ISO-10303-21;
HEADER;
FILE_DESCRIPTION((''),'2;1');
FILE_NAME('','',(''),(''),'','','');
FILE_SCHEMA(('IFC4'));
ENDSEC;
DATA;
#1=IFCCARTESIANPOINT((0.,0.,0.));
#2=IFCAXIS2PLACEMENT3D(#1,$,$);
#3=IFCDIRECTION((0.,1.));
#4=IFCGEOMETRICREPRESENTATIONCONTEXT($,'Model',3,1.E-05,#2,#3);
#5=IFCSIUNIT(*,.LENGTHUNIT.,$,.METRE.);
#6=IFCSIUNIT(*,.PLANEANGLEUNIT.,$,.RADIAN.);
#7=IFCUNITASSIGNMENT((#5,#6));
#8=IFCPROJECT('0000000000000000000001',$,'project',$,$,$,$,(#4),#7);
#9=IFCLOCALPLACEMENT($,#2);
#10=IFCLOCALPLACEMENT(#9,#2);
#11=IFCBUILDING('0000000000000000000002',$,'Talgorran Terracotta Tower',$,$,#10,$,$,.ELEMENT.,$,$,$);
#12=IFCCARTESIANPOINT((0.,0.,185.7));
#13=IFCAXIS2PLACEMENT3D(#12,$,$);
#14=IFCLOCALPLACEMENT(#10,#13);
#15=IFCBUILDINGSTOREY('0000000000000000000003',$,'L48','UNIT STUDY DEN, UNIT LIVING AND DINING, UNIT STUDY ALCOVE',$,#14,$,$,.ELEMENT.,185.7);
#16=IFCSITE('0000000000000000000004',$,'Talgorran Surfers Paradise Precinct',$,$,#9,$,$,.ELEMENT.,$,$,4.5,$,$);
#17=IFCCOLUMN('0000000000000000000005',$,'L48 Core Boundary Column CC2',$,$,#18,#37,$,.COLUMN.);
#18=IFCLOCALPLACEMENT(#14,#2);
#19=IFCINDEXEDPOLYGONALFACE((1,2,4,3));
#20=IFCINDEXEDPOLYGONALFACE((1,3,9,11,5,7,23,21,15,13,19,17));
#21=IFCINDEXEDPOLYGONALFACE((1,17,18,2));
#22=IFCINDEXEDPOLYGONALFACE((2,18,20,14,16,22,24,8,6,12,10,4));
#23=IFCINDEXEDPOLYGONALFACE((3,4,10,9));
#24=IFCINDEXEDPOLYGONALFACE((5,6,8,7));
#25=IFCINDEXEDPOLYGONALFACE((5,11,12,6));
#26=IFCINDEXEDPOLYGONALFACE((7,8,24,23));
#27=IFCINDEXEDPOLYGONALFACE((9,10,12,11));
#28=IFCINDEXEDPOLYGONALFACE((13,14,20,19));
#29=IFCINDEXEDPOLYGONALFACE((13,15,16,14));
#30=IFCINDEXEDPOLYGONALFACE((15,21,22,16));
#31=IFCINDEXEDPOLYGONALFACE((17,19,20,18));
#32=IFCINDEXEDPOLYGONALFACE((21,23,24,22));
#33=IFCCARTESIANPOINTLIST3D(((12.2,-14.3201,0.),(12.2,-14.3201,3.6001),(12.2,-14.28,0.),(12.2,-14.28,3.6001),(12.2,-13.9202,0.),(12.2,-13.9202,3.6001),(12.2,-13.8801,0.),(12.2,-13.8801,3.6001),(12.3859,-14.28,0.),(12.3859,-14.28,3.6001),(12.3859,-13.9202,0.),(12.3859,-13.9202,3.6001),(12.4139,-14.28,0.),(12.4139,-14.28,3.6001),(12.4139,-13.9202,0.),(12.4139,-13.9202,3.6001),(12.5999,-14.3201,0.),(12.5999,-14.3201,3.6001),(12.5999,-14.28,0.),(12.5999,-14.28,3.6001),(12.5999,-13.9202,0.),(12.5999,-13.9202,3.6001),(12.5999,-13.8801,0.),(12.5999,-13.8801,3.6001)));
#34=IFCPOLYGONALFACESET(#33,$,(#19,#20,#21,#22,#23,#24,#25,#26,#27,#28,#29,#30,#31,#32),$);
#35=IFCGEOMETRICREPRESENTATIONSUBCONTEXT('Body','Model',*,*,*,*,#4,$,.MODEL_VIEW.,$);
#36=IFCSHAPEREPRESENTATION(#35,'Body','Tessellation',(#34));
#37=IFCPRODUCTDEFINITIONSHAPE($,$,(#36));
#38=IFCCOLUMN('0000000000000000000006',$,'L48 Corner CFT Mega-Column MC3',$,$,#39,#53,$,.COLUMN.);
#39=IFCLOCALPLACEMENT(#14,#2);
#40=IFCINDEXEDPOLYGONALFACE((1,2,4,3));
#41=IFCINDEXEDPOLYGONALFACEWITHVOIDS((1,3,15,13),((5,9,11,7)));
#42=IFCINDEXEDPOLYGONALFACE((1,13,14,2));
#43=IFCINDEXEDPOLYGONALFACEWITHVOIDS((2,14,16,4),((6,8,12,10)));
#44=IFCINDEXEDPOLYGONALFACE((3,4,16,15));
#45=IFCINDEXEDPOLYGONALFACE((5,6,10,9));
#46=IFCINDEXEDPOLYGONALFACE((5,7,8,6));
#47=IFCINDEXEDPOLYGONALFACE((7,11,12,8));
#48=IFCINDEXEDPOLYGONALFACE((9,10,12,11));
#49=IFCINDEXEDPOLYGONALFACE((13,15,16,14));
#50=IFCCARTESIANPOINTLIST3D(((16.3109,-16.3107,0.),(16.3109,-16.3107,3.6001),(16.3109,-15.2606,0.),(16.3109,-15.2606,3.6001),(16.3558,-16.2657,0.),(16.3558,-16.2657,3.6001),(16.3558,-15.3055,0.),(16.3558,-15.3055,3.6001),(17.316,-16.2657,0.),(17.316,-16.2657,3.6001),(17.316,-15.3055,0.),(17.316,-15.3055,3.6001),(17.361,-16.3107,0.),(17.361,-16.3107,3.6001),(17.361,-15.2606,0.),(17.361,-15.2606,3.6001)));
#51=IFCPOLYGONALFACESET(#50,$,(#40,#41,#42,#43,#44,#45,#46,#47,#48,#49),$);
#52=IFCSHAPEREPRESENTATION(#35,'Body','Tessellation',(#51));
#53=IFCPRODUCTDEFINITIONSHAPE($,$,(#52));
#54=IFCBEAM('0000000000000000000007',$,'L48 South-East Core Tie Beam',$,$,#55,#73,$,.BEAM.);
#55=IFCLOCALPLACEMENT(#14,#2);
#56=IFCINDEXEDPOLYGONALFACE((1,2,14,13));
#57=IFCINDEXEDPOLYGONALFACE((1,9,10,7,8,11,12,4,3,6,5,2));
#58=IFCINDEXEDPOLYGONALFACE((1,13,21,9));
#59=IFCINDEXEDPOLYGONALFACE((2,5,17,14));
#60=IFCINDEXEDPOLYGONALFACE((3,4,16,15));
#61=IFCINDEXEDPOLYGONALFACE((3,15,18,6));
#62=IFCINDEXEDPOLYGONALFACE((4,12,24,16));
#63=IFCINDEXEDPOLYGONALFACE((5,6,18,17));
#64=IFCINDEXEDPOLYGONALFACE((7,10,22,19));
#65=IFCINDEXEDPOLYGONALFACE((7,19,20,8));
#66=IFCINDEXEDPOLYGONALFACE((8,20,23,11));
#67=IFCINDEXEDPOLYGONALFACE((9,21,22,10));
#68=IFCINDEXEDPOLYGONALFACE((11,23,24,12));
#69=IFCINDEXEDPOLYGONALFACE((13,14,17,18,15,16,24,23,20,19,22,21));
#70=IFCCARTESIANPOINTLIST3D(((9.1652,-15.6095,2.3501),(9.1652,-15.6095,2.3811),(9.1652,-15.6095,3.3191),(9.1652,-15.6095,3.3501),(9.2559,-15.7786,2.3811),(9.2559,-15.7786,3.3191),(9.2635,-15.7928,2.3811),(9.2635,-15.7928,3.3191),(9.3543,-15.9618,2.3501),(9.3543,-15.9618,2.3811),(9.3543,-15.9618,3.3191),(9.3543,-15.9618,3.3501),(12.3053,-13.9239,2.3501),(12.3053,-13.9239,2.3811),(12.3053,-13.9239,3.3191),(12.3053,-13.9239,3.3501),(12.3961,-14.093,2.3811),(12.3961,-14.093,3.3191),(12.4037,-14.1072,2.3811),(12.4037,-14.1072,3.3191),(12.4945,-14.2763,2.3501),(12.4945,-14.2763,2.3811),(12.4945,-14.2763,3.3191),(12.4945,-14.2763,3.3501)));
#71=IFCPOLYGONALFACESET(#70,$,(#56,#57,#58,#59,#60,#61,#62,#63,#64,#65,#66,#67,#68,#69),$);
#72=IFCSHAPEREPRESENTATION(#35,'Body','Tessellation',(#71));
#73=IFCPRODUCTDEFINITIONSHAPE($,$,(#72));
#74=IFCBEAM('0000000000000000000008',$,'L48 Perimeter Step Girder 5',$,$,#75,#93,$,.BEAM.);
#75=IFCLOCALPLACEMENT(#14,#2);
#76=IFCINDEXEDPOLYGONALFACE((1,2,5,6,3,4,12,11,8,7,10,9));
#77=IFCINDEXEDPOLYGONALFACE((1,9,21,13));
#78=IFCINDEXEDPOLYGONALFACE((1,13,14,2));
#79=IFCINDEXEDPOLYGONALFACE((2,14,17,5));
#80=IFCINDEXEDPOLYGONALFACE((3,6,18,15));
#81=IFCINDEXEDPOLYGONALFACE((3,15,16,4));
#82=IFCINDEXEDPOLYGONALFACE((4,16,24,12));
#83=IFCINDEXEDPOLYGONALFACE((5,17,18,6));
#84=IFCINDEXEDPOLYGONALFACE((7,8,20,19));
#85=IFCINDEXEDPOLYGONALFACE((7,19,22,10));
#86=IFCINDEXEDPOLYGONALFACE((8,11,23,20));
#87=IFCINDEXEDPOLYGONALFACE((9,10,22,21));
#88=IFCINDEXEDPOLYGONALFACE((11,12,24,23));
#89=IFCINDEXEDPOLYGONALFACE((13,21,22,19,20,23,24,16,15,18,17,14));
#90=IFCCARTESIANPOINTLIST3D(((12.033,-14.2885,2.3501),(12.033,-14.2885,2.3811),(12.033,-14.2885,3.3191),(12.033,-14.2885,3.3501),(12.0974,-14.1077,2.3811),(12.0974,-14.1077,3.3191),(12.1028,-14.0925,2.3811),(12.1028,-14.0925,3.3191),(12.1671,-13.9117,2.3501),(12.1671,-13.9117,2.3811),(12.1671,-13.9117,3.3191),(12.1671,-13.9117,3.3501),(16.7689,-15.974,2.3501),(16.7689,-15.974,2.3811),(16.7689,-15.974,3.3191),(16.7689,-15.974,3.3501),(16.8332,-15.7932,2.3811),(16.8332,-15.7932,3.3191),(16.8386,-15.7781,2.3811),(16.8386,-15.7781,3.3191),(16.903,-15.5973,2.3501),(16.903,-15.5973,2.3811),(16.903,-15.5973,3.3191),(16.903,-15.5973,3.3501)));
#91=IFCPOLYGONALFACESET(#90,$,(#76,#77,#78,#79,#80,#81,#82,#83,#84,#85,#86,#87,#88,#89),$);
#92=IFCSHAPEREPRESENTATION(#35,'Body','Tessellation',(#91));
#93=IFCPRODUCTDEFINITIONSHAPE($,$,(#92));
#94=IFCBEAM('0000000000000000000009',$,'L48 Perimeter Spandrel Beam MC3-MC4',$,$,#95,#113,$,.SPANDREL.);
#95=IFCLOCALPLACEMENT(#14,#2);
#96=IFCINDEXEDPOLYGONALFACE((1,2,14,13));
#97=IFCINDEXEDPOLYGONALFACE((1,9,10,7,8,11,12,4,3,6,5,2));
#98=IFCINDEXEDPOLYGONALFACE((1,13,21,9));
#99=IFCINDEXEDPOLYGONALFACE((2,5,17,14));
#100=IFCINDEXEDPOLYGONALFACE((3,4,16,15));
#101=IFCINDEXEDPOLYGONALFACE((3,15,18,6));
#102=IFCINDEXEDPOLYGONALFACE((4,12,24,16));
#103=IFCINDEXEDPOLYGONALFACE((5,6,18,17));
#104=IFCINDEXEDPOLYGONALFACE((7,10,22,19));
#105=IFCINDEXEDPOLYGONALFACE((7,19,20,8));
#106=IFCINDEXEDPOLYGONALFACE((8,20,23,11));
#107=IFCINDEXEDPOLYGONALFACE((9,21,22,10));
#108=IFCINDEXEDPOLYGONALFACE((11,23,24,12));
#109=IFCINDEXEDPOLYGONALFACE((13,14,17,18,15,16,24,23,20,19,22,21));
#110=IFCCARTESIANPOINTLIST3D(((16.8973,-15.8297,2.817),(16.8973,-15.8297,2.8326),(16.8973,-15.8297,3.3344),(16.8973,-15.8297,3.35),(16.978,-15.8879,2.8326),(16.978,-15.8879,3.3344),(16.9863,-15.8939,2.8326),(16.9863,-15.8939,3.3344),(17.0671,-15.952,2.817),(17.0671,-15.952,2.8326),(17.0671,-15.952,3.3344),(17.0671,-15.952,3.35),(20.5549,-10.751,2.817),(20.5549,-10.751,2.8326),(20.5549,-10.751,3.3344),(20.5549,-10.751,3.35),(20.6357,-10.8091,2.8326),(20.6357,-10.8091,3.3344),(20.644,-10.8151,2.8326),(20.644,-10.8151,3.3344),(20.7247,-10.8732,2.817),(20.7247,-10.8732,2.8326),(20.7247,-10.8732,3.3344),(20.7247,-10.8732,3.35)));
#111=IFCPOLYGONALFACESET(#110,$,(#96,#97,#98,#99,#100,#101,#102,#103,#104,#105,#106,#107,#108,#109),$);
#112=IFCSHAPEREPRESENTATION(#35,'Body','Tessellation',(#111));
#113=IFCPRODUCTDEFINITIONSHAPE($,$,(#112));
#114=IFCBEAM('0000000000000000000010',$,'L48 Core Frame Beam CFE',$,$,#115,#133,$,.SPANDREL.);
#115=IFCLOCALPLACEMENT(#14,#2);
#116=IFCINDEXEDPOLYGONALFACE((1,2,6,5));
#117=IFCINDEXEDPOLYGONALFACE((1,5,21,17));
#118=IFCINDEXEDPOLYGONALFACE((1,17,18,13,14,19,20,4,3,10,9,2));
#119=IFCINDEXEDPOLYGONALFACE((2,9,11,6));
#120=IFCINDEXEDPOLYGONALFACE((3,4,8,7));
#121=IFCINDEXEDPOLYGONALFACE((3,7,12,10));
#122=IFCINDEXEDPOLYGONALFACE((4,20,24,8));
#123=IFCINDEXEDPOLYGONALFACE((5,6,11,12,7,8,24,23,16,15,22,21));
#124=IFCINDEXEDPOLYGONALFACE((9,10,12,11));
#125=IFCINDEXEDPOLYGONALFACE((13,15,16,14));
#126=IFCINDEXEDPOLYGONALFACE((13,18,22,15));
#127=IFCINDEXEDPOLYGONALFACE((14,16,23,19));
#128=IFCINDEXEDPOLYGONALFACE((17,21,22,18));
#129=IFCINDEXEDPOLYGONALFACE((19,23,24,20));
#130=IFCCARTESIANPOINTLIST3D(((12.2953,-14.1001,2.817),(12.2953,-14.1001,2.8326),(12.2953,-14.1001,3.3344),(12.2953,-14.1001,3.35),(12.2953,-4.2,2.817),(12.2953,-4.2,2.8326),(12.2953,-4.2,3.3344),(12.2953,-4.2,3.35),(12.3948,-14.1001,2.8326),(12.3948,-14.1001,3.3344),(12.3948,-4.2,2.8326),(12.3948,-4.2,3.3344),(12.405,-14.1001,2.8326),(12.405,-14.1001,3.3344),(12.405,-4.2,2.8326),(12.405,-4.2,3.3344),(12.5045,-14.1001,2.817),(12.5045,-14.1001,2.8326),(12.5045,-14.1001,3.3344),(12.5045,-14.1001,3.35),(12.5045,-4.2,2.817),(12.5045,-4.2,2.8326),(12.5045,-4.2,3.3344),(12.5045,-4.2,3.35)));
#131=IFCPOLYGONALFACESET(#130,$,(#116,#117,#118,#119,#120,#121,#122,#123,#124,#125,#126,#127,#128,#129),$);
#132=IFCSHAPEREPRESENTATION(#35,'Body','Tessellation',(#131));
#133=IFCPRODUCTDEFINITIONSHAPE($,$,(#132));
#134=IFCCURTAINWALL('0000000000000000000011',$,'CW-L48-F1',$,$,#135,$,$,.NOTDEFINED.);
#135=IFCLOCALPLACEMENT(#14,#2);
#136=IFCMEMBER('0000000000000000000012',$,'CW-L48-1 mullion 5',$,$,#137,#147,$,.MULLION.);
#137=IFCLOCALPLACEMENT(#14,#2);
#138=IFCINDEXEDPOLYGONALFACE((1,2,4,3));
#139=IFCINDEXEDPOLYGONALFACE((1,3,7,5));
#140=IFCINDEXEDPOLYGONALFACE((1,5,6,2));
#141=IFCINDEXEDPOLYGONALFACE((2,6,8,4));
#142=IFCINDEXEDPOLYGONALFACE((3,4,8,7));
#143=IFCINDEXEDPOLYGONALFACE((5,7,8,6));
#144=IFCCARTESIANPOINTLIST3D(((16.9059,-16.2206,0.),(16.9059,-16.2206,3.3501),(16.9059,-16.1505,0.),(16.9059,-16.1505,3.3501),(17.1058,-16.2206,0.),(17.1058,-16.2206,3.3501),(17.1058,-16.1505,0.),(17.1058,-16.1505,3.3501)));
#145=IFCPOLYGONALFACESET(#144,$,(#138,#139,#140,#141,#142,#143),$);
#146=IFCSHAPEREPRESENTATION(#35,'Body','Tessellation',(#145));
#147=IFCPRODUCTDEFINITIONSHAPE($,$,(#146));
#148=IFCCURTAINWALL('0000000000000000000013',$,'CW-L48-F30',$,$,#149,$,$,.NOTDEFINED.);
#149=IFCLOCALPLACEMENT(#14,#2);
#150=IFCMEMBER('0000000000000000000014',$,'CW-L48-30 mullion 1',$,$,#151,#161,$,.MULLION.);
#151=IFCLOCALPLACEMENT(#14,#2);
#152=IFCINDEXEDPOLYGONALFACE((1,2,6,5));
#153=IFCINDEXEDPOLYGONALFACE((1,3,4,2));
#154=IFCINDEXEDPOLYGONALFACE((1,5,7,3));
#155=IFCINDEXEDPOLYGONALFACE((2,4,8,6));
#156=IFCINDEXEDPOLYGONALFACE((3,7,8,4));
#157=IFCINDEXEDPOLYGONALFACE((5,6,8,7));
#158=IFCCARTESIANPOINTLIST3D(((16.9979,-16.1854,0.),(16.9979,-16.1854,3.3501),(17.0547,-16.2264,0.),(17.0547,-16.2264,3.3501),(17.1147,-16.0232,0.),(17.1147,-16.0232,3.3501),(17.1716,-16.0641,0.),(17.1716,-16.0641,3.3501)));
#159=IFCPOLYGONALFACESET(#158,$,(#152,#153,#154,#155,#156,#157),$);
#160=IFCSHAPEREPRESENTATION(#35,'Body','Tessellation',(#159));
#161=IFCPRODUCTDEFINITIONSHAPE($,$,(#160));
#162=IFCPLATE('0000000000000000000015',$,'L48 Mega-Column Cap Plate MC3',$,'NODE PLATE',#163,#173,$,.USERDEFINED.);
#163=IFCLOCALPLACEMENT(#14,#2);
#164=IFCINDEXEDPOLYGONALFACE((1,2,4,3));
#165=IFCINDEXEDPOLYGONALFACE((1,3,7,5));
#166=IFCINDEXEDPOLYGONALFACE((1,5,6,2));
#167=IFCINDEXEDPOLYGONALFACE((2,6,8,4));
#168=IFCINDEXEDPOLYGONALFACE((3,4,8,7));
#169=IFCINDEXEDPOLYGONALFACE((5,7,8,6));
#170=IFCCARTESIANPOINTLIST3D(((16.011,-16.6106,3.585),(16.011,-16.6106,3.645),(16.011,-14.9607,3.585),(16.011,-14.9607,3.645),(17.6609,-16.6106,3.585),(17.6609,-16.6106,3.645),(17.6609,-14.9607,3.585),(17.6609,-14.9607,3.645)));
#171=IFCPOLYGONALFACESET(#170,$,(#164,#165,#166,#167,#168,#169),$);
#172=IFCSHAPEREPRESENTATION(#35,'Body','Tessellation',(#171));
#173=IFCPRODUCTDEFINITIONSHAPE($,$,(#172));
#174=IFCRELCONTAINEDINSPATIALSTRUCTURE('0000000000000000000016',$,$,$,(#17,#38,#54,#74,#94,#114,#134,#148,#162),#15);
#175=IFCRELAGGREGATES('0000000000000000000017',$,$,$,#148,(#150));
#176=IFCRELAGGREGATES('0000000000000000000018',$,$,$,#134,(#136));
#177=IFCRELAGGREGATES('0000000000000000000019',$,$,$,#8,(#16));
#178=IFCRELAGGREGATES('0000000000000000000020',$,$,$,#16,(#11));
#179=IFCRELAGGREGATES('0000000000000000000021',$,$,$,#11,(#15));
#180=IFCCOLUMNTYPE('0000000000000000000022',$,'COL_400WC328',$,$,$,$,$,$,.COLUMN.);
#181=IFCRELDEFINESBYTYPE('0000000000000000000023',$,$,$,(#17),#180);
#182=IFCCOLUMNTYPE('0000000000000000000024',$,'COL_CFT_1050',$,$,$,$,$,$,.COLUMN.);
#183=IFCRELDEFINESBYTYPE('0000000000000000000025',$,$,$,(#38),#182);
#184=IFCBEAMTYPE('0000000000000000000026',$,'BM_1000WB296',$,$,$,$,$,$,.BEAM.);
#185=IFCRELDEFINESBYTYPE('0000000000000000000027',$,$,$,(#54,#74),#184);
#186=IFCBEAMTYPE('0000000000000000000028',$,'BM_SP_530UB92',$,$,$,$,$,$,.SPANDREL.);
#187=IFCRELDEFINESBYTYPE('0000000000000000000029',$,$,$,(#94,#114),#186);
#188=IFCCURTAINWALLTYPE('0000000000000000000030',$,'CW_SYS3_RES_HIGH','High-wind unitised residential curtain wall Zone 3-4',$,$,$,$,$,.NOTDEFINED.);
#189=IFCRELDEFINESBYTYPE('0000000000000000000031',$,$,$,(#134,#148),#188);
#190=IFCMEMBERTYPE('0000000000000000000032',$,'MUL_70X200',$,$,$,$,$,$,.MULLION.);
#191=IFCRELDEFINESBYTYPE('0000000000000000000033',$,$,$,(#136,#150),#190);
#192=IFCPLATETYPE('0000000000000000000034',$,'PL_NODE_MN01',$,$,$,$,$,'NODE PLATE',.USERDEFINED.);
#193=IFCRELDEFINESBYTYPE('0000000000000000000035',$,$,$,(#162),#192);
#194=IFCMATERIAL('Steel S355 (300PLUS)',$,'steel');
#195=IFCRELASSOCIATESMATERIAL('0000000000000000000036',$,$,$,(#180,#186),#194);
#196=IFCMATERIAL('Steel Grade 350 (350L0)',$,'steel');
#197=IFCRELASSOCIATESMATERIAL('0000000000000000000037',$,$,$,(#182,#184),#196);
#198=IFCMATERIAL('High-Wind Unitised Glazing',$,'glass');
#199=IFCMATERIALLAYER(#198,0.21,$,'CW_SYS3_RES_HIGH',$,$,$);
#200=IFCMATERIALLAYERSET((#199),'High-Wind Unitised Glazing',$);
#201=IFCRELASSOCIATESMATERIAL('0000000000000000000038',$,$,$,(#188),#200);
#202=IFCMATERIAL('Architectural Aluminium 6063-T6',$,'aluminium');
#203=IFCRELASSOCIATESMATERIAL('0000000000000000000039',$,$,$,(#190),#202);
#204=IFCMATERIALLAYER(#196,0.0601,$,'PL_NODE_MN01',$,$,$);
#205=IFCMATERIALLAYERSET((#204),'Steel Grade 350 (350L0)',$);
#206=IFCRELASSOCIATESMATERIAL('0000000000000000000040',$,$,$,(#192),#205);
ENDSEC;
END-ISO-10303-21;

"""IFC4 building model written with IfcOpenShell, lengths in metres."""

from ifc_helpers import new_model, si_unit, direction, frame, origin, origin_2d, place, context, subcontext, project, spatial, rectangle, hollow_rectangle, i_section, extrude, material, layer, layer_set, material_profile, profile_set, type_object, element, aggregate, save


model = new_model("IFC4")

# Units and contexts
model_context = context("Model", 3, precision=1e-05, world=origin(), true_north=direction((0.0, 1.0)))
body_context = subcontext(model_context, "Body", "Model", "MODEL_VIEW")
ifc_project = project(units=[si_unit("LENGTHUNIT", "METRE"), si_unit("PLANEANGLEUNIT", "RADIAN")], contexts=[model_context])

# Site, building, storey
site_placement = place(None, origin())
site = spatial("IfcSite", under=ifc_project, at=site_placement, Name="Talgorran Surfers Paradise Precinct", CompositionType="ELEMENT", RefElevation=4.5)
building_placement = place(site_placement, origin())
building = spatial("IfcBuilding", under=site, at=building_placement, Name="Talgorran Terracotta Tower", CompositionType="ELEMENT")
storey_placement = place(building_placement, frame((0.0, 0.0, 185.7)))
storey = spatial("IfcBuildingStorey", under=building, at=storey_placement, Name="L48", Description="UNIT STUDY DEN, UNIT LIVING AND DINING, UNIT STUDY ALCOVE", CompositionType="ELEMENT", Elevation=185.7)

# Columns
ifc_material_1 = material(Name="Steel S355 (300PLUS)", Category="steel")
ifc_material_profile_1 = material_profile(ifc_material_1, i_section(OverallWidth=0.3999, OverallDepth=0.4399, WebThickness=0.0281, FlangeThickness=0.04, at=origin_2d()), Name="400WC328")
ifc_profile_set_1 = profile_set([ifc_material_profile_1], Name="Steel S355 (300PLUS)")
column_type_1 = type_object("IfcColumnType", Name="COL_400WC328", PredefinedType="COLUMN", material=ifc_profile_set_1)
column_1_placement = place(storey_placement, frame((12.3999, -14.1001, 0.0), z_axis=(0.0, 0.0, 1.0), x_axis=(1.0, 0.0, 0.0)))
element("IfcColumn", 1, at=column_1_placement, inside=storey, type_object=column_type_1, Name="L48 Core Boundary Column CC2", PredefinedType="COLUMN", context=body_context, shape_type="SweptSolid", body=[
    extrude(i_section(OverallWidth=0.3999, OverallDepth=0.4399, WebThickness=0.0281, FlangeThickness=0.04, at=origin_2d()), origin(), (0.0, 0.0, 1.0), 3.6001),
])
ifc_material_2 = material(Name="Steel Grade 350 (350L0)", Category="steel")
ifc_material_profile_2 = material_profile(ifc_material_2, hollow_rectangle(XDim=1.05, YDim=1.05, WallThickness=0.0449, at=origin_2d()), Name="CFT1050X1050X45")
ifc_profile_set_2 = profile_set([ifc_material_profile_2], Name="Steel Grade 350 (350L0)")
column_type_2 = type_object("IfcColumnType", Name="COL_CFT_1050", PredefinedType="COLUMN", material=ifc_profile_set_2)
column_2_placement = place(storey_placement, frame((16.8359, -15.7856, 0.0), z_axis=(0.0, 0.0, 1.0), x_axis=(1.0, 0.0, 0.0)))
element("IfcColumn", 2, at=column_2_placement, inside=storey, type_object=column_type_2, Name="L48 Corner CFT Mega-Column MC3", PredefinedType="COLUMN", context=body_context, shape_type="SweptSolid", body=[
    extrude(hollow_rectangle(XDim=1.05, YDim=1.05, WallThickness=0.0449, at=origin_2d()), origin(), (0.0, 0.0, 1.0), 3.6001),
])

# Beams
ifc_material_profile_3 = material_profile(ifc_material_2, i_section(OverallWidth=0.3999, OverallDepth=1.0, WebThickness=0.0161, FlangeThickness=0.031, at=origin_2d()), Name="1000WB296")
ifc_profile_set_3 = profile_set([ifc_material_profile_3], Name="Steel Grade 350 (350L0)")
beam_type_1 = type_object("IfcBeamType", Name="BM_1000WB296", PredefinedType="BEAM", material=ifc_profile_set_3)
beam_1_placement = place(storey_placement, frame((12.3999, -14.1001, 2.8501), z_axis=(-0.881091, -0.472947, 0.0), x_axis=(0.472947, -0.881091, 0.0)))
element("IfcBeam", 3, at=beam_1_placement, inside=storey, type_object=beam_type_1, Name="L48 South-East Core Tie Beam", PredefinedType="BEAM", context=body_context, shape_type="SweptSolid", body=[
    extrude(i_section(OverallWidth=0.3999, OverallDepth=1.0, WebThickness=0.0161, FlangeThickness=0.031, at=origin_2d()), origin(), (0.0, 0.0, 1.0), 3.564),
])
beam_2_placement = place(storey_placement, frame((16.8359, -15.7856, 2.8501), z_axis=(-0.942108, 0.335309, 0.0), x_axis=(-0.335309, -0.942108, 0.0)))
element("IfcBeam", 4, at=beam_2_placement, inside=storey, type_object=beam_type_1, Name="L48 Perimeter Step Girder 5", PredefinedType="BEAM", context=body_context, shape_type="SweptSolid", body=[
    extrude(i_section(OverallWidth=0.3999, OverallDepth=1.0, WebThickness=0.0161, FlangeThickness=0.031, at=origin_2d()), origin(), (0.0, 0.0, 1.0), 5.0269),
])
ifc_material_profile_4 = material_profile(ifc_material_1, i_section(OverallWidth=0.2092, OverallDepth=0.533, WebThickness=0.0103, FlangeThickness=0.0156, at=origin_2d()), Name="530UB92.4")
ifc_profile_set_4 = profile_set([ifc_material_profile_4], Name="Steel S355 (300PLUS)")
beam_type_2 = type_object("IfcBeamType", Name="BM_SP_530UB92", PredefinedType="SPANDREL", material=ifc_profile_set_4)
beam_3_placement = place(storey_placement, frame((16.9822, -15.8909, 3.0835), z_axis=(0.584403, 0.811463, 0.0), x_axis=(-0.811463, 0.584403, 0.0)))
element("IfcBeam", 5, at=beam_3_placement, inside=storey, type_object=beam_type_2, Name="L48 Perimeter Spandrel Beam MC3-MC4", PredefinedType="SPANDREL", context=body_context, shape_type="SweptSolid", body=[
    extrude(i_section(OverallWidth=0.2092, OverallDepth=0.533, WebThickness=0.0103, FlangeThickness=0.0156, at=origin_2d()), origin(), (0.0, 0.0, 1.0), 6.2588),
])
beam_4_placement = place(storey_placement, frame((12.3999, -14.1001, 3.0835), z_axis=(0.0, 1.0, 0.0), x_axis=(-1.0, 0.0, 0.0)))
element("IfcBeam", 6, at=beam_4_placement, inside=storey, type_object=beam_type_2, Name="L48 Core Frame Beam CFE", PredefinedType="SPANDREL", context=body_context, shape_type="SweptSolid", body=[
    extrude(i_section(OverallWidth=0.2092, OverallDepth=0.533, WebThickness=0.0103, FlangeThickness=0.0156, at=origin_2d()), origin(), (0.0, 0.0, 1.0), 9.9001),
])

# Curtain walls, members
ifc_material_3 = material(Name="High-Wind Unitised Glazing", Category="glass")
ifc_layer_1 = layer(ifc_material_3, 0.21, Name="CW_SYS3_RES_HIGH")
ifc_layer_set_1 = layer_set([ifc_layer_1], Name="High-Wind Unitised Glazing")
curtain_wall_type = type_object("IfcCurtainWallType", Name="CW_SYS3_RES_HIGH", Description="High-wind unitised residential curtain wall Zone 3-4", PredefinedType="NOTDEFINED", material=ifc_layer_set_1)
curtain_wall_1_placement = place(storey_placement, origin())
curtain_wall_1 = element("IfcCurtainWall", 7, at=curtain_wall_1_placement, inside=storey, type_object=curtain_wall_type, Name="CW-L48-F1", PredefinedType="NOTDEFINED")
ifc_material_4 = material(Name="Architectural Aluminium 6063-T6", Category="aluminium")
ifc_material_profile_5 = material_profile(ifc_material_4, rectangle(XDim=0.0701, YDim=0.2, at=origin_2d()), Name="CWM70X200")
ifc_profile_set_5 = profile_set([ifc_material_profile_5], Name="Architectural Aluminium 6063-T6")
member_type = type_object("IfcMemberType", Name="MUL_70X200", PredefinedType="MULLION", material=ifc_profile_set_5)
member_1_placement = place(storey_placement, frame((17.0059, -16.1855, 0.0), z_axis=(0.0, 0.0, 1.0), x_axis=(0.0, 1.0, 0.0)))
member_1 = element("IfcMember", 8, at=member_1_placement, type_object=member_type, Name="CW-L48-1 mullion 5", PredefinedType="MULLION", context=body_context, shape_type="SweptSolid", body=[
    extrude(rectangle(XDim=0.0701, YDim=0.2, at=origin_2d()), origin(), (0.0, 0.0, 1.0), 3.3501),
])
curtain_wall_2_placement = place(storey_placement, origin())
curtain_wall_2 = element("IfcCurtainWall", 9, at=curtain_wall_2_placement, inside=storey, type_object=curtain_wall_type, Name="CW-L48-F30", PredefinedType="NOTDEFINED")
member_2_placement = place(storey_placement, frame((17.0847, -16.1248, 0.0), z_axis=(0.0, 0.0, 1.0), x_axis=(-0.811466, 0.584399, 0.0)))
member_2 = element("IfcMember", 10, at=member_2_placement, type_object=member_type, Name="CW-L48-30 mullion 1", PredefinedType="MULLION", context=body_context, shape_type="SweptSolid", body=[
    extrude(rectangle(XDim=0.0701, YDim=0.2, at=origin_2d()), origin(), (0.0, 0.0, 1.0), 3.3501),
])
aggregate(curtain_wall_2, [member_2])

# Plate
ifc_layer_2 = layer(ifc_material_2, 0.0601, Name="PL_NODE_MN01")
ifc_layer_set_2 = layer_set([ifc_layer_2], Name="Steel Grade 350 (350L0)")
plate_type_1 = type_object("IfcPlateType", Name="PL_NODE_MN01", ElementType="NODE PLATE", PredefinedType="USERDEFINED", material=ifc_layer_set_2)
plate_1_placement = place(storey_placement, frame((16.8359, -15.7856, 3.585), z_axis=(0.0, 0.0, 1.0), x_axis=(1.0, 0.0, 0.0)))
element("IfcPlate", 11, at=plate_1_placement, inside=storey, type_object=plate_type_1, Name="L48 Mega-Column Cap Plate MC3", ObjectType="NODE PLATE", PredefinedType="USERDEFINED", context=body_context, shape_type="SweptSolid", body=[
    extrude(rectangle(XDim=1.6499, YDim=1.6499, at=origin_2d()), origin(), (0.0, 0.0, 1.0), 0.0601),
])
aggregate(curtain_wall_1, [member_1])

save(model, "model.ifc")
